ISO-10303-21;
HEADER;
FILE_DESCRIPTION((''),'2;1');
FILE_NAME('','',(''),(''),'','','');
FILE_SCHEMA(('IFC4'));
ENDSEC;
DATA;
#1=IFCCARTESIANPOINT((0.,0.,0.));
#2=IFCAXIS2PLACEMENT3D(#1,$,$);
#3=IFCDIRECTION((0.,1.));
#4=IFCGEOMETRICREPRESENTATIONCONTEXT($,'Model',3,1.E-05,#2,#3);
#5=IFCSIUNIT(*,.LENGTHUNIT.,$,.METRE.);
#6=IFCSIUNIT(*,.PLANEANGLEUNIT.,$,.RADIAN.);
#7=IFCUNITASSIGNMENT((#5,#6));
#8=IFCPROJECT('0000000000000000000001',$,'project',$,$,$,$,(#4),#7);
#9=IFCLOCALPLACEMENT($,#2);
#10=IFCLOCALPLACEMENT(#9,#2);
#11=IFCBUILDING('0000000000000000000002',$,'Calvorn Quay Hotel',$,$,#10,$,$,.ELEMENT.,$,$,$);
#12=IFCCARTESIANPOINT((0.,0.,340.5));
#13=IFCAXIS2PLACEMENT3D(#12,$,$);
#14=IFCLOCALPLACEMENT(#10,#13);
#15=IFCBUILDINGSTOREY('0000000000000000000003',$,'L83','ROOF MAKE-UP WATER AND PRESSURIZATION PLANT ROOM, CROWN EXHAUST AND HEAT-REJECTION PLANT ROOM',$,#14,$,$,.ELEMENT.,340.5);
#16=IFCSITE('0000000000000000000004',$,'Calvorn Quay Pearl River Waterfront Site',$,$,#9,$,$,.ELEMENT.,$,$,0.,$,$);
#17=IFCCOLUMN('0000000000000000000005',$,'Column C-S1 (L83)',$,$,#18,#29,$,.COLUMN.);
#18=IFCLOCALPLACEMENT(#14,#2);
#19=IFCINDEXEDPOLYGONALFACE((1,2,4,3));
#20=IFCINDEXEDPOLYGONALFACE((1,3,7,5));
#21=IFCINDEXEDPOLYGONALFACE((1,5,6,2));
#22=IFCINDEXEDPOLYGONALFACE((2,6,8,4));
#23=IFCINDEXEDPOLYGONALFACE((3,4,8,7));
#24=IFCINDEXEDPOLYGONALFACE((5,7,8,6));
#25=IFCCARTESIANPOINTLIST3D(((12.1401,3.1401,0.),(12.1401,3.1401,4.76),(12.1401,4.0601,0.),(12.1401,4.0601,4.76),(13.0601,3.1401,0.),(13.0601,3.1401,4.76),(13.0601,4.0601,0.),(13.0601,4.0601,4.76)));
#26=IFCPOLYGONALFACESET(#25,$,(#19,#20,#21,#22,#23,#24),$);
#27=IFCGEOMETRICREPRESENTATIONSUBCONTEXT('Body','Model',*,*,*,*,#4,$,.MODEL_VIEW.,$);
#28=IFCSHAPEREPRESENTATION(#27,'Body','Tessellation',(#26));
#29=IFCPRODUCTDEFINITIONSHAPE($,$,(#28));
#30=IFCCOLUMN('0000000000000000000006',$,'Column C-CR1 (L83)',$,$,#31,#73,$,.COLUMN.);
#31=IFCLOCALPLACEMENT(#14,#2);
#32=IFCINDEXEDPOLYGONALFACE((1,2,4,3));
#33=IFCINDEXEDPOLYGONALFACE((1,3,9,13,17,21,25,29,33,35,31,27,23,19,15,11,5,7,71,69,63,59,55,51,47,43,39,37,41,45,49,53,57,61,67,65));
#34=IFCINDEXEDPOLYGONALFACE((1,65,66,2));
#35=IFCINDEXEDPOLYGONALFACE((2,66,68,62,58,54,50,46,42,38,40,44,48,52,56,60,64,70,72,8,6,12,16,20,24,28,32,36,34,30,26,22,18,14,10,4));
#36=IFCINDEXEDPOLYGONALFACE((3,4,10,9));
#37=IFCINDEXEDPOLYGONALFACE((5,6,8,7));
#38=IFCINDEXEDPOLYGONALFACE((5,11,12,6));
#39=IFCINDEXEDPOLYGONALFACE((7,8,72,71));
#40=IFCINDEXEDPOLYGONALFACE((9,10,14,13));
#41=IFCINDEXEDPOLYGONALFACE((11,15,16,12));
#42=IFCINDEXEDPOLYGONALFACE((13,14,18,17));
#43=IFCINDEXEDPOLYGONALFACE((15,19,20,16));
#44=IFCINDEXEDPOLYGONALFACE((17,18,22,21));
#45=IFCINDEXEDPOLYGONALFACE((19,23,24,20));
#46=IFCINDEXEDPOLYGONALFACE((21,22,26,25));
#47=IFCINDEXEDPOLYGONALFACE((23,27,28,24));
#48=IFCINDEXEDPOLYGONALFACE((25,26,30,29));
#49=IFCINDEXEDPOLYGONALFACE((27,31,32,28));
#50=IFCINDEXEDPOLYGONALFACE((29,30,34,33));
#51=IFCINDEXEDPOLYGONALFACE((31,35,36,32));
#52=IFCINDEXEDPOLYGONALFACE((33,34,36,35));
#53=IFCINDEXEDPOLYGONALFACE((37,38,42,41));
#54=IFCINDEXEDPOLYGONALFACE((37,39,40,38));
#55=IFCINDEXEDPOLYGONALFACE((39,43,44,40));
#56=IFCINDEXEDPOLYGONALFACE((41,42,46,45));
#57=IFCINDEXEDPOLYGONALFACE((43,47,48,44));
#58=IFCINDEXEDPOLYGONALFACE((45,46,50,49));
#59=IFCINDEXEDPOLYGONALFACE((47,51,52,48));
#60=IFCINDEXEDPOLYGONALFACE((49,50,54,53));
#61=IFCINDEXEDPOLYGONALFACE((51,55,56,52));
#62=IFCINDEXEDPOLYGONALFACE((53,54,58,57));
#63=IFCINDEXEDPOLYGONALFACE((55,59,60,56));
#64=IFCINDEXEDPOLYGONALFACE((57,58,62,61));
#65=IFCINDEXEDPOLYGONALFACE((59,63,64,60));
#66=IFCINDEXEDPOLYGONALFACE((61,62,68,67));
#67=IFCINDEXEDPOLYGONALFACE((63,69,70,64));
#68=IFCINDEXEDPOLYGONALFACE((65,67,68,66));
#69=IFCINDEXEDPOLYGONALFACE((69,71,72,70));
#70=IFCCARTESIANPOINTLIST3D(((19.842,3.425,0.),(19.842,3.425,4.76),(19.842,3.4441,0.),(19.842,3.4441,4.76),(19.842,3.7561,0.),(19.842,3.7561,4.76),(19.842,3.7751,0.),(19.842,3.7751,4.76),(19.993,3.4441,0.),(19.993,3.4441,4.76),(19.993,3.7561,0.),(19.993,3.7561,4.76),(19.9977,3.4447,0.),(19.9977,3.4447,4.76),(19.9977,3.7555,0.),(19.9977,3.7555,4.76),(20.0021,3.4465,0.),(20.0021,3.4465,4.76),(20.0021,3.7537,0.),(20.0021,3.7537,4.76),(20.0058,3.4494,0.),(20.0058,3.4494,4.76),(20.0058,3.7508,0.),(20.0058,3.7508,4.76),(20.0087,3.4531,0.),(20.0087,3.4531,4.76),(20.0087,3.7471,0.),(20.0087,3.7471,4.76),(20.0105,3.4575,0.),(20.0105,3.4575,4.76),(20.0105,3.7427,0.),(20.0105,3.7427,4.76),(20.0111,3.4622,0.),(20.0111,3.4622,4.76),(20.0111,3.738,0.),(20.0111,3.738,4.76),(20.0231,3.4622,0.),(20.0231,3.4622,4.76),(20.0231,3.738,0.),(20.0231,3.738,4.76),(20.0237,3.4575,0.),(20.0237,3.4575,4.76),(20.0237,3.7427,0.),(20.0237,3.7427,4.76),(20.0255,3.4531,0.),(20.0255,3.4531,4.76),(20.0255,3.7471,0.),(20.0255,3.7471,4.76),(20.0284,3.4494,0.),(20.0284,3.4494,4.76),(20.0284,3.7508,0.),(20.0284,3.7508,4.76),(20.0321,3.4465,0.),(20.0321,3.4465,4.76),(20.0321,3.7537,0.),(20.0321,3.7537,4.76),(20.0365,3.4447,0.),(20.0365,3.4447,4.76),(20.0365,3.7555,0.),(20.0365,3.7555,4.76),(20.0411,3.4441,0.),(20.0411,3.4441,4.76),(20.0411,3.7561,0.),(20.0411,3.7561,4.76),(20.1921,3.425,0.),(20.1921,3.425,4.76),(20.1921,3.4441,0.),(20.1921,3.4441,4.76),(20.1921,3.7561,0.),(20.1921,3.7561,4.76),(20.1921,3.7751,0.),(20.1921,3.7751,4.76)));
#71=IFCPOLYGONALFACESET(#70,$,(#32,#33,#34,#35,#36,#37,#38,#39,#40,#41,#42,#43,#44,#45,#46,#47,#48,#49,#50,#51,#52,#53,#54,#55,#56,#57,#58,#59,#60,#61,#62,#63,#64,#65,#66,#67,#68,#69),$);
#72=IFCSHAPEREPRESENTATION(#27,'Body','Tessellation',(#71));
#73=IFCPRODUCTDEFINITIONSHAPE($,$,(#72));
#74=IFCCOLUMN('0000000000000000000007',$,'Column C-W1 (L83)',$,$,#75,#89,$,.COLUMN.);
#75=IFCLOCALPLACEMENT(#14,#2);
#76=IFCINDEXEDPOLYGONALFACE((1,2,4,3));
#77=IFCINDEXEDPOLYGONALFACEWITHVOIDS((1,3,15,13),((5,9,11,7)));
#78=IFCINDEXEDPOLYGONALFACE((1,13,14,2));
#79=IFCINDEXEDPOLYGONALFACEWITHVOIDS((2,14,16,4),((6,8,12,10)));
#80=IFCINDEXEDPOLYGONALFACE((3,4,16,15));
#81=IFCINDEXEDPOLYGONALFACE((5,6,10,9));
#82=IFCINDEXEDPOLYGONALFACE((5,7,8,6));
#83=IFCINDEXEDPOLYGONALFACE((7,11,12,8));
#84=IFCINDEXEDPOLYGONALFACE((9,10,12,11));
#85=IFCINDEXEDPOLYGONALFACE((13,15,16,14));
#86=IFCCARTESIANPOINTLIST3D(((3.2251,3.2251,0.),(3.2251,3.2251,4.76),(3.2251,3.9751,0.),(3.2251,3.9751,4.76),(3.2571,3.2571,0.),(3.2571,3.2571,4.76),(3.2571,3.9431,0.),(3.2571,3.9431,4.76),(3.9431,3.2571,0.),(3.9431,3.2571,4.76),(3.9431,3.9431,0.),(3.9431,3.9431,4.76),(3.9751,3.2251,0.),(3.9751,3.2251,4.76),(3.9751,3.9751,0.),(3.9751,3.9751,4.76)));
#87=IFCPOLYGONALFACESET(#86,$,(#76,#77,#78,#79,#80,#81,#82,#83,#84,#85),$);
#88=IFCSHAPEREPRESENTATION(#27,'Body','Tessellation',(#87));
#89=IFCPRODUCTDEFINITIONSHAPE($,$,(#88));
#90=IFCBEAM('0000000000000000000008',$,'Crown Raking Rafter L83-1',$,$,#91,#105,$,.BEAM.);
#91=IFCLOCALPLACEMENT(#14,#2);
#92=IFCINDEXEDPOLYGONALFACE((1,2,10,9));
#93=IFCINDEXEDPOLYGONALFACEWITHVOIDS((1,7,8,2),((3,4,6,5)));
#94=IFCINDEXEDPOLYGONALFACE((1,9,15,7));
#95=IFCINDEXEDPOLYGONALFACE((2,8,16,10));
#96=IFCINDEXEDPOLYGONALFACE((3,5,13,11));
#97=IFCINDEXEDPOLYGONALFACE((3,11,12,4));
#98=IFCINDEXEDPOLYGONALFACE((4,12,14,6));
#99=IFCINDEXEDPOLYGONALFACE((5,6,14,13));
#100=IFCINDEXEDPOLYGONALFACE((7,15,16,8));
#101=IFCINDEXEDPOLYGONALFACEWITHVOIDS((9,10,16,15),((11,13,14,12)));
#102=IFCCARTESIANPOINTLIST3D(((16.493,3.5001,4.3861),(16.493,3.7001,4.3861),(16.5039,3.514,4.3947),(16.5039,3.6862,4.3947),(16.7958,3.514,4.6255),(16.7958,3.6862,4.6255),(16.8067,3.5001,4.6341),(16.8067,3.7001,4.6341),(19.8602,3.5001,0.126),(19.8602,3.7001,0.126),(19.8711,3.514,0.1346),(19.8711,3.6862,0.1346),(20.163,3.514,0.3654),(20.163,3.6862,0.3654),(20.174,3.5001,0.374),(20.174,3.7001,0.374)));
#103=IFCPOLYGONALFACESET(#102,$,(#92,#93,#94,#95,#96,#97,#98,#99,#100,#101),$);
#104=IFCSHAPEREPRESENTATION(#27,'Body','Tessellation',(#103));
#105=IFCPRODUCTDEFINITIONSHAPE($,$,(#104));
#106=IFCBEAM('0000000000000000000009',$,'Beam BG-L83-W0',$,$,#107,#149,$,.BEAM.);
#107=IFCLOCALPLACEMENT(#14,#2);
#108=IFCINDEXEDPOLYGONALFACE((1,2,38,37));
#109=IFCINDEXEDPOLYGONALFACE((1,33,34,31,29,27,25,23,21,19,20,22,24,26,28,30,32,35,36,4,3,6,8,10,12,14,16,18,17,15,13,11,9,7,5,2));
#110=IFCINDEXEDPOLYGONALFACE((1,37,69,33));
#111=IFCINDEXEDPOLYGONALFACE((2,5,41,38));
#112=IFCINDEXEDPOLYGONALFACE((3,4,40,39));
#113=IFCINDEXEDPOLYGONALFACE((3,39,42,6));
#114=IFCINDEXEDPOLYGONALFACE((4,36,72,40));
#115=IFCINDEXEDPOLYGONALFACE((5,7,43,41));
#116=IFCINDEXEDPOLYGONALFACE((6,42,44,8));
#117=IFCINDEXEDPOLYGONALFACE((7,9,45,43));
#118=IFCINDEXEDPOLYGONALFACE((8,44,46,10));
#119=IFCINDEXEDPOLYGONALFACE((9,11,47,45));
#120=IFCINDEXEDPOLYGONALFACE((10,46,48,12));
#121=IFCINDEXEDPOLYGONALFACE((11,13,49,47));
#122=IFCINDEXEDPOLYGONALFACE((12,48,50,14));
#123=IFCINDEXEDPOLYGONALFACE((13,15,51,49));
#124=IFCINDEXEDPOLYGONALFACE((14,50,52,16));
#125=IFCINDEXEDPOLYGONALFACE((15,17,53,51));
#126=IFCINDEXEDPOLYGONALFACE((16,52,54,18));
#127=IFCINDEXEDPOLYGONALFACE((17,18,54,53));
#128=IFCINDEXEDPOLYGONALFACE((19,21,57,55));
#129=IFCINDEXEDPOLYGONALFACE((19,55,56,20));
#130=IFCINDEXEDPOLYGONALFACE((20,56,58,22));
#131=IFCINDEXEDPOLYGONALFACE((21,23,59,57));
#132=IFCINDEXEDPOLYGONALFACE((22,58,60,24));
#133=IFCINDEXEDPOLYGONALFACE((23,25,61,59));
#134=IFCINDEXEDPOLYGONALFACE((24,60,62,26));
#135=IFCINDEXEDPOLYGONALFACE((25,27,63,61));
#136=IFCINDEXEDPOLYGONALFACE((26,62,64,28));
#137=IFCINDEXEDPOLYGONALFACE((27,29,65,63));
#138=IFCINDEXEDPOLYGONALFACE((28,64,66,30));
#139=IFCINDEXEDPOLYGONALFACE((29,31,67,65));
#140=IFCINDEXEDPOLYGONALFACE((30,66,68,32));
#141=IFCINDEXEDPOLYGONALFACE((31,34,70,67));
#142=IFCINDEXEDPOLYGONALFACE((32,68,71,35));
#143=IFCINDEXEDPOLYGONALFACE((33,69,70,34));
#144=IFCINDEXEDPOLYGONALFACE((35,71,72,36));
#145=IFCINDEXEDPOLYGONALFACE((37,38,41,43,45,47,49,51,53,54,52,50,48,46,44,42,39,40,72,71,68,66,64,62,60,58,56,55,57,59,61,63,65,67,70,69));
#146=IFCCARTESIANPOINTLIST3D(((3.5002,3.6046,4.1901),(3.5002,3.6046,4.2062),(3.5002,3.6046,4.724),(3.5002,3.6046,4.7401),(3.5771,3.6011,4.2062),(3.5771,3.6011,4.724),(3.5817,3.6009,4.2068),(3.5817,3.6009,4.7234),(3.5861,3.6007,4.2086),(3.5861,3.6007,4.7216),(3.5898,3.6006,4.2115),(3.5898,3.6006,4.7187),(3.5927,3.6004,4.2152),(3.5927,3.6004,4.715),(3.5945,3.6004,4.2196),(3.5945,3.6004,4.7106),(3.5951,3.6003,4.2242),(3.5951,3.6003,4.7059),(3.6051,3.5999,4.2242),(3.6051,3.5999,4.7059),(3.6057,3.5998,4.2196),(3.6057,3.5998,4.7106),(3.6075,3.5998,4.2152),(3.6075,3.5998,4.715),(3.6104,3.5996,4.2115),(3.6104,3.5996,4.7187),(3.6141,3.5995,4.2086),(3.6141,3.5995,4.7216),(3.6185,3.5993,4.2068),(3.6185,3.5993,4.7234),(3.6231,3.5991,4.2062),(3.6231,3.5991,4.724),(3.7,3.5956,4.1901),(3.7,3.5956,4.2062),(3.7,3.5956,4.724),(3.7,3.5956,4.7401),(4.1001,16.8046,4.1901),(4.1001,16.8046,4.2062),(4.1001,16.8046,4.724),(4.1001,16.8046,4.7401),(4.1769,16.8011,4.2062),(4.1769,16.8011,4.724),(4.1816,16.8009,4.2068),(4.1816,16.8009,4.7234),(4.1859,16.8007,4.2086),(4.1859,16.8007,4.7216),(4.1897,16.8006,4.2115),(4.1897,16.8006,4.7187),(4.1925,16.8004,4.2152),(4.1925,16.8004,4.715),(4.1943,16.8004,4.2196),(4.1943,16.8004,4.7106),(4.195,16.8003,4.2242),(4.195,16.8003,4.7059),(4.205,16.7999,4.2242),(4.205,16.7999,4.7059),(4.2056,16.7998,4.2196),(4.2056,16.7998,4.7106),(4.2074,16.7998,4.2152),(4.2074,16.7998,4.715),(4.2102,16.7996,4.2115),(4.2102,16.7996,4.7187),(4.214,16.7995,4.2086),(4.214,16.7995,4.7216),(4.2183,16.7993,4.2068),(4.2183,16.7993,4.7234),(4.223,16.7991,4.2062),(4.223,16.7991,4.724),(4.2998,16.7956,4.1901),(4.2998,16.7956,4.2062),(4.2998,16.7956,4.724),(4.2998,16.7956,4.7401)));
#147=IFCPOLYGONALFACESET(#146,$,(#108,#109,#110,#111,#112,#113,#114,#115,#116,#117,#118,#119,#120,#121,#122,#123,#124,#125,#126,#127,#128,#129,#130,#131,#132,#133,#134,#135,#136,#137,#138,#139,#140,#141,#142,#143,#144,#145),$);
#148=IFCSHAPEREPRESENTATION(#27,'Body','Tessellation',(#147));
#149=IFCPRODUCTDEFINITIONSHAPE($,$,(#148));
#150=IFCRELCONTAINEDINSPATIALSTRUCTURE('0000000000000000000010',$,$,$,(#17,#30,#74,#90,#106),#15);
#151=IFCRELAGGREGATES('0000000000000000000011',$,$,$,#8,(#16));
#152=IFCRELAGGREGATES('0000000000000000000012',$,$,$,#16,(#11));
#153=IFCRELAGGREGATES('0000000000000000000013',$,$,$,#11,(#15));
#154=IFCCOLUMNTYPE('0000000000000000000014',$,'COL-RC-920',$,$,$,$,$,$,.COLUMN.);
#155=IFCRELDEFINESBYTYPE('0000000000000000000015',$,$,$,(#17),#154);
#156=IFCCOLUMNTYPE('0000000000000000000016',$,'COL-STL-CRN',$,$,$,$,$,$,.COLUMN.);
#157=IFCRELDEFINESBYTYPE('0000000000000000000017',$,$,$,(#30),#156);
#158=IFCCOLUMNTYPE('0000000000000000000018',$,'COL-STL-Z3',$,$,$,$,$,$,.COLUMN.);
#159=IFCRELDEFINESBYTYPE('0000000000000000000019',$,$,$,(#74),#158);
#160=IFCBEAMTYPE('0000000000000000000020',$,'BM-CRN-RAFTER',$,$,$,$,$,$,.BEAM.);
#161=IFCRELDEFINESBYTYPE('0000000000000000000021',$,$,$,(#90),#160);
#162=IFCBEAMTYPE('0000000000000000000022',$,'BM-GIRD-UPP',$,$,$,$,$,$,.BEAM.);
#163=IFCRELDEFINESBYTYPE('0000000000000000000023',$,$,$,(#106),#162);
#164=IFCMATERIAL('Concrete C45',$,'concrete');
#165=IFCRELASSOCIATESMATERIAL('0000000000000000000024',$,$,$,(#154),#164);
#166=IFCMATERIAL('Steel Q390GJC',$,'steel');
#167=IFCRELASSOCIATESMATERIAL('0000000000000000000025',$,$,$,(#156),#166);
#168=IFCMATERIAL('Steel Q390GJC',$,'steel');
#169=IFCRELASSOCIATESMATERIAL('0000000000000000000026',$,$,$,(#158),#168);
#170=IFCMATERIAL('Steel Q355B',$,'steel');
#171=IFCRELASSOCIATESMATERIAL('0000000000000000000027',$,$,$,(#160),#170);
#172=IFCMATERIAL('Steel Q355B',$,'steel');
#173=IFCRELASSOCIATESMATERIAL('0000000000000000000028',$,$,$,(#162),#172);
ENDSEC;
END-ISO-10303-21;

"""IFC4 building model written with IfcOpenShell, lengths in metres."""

from ifc_helpers import new_model, si_unit, direction, frame, origin, origin_2d, place, context, subcontext, project, spatial, rectangle, hollow_rectangle, i_section, extrude, material, material_profile, profile_set, type_object, element, save


model = new_model("IFC4")

# Units and contexts
model_context = context("Model", 3, precision=1e-05, world=origin(), true_north=direction((0.0, 1.0)))
body_context = subcontext(model_context, "Body", "Model", "MODEL_VIEW")
ifc_project = project(units=[si_unit("LENGTHUNIT", "METRE"), si_unit("PLANEANGLEUNIT", "RADIAN")], contexts=[model_context])

# Site, building, storey
site_placement = place(None, origin())
site = spatial("IfcSite", under=ifc_project, at=site_placement, Name="Calvorn Quay Pearl River Waterfront Site", CompositionType="ELEMENT", RefElevation=0.0)
building_placement = place(site_placement, origin())
building = spatial("IfcBuilding", under=site, at=building_placement, Name="Calvorn Quay Hotel", CompositionType="ELEMENT")
storey_placement = place(building_placement, frame((0.0, 0.0, 340.5)))
storey = spatial("IfcBuildingStorey", under=building, at=storey_placement, Name="L83", Description="ROOF MAKE-UP WATER AND PRESSURIZATION PLANT ROOM, CROWN EXHAUST AND HEAT-REJECTION PLANT ROOM", CompositionType="ELEMENT", Elevation=340.5)

# Columns
ifc_material_1 = material(Name="Concrete C45", Category="concrete")
ifc_material_profile_1 = material_profile(ifc_material_1, rectangle(XDim=0.9199, YDim=0.9199, at=origin_2d()), Name="RC920x920")
ifc_profile_set_1 = profile_set([ifc_material_profile_1], Name="Concrete C45")
column_type_1 = type_object("IfcColumnType", Name="COL-RC-920", PredefinedType="COLUMN", material=ifc_profile_set_1)
column_1_placement = place(storey_placement, frame((12.6001, 3.6001, 0.0), z_axis=(0.0, 0.0, 1.0), x_axis=(1.0, 0.0, 0.0)))
element("IfcColumn", 1, at=column_1_placement, inside=storey, type_object=column_type_1, Name="Column C-S1 (L83)", PredefinedType="COLUMN", context=body_context, shape_type="SweptSolid", body=[
    extrude(rectangle(XDim=0.9199, YDim=0.9199, at=origin_2d()), origin(), (0.0, 0.0, 1.0), 4.76),
])
ifc_material_2 = material(Name="Steel Q390GJC", Category="steel")
ifc_material_profile_2 = material_profile(ifc_material_2, i_section(OverallWidth=0.3501, OverallDepth=0.3501, WebThickness=0.012, FlangeThickness=0.019, FilletRadius=0.0181, at=origin_2d()), Name="HW350x350x12x19")
ifc_profile_set_2 = profile_set([ifc_material_profile_2], Name="Steel Q390GJC")
column_type_2 = type_object("IfcColumnType", Name="COL-STL-CRN", PredefinedType="COLUMN", material=ifc_profile_set_2)
column_2_placement = place(storey_placement, frame((20.0171, 3.6001, 0.0), z_axis=(0.0, 0.0, 1.0), x_axis=(1.0, 0.0, 0.0)))
element("IfcColumn", 2, at=column_2_placement, inside=storey, type_object=column_type_2, Name="Column C-CR1 (L83)", PredefinedType="COLUMN", context=body_context, shape_type="SweptSolid", body=[
    extrude(i_section(OverallWidth=0.3501, OverallDepth=0.3501, WebThickness=0.012, FlangeThickness=0.019, FilletRadius=0.0181, at=origin_2d()), origin(), (0.0, 0.0, 1.0), 4.76),
])
ifc_material_3 = material(Name="Steel Q390GJC", Category="steel")
ifc_material_profile_3 = material_profile(ifc_material_3, hollow_rectangle(XDim=0.75, YDim=0.75, WallThickness=0.032, at=origin_2d()), Name="BOX750x750x32")
ifc_profile_set_3 = profile_set([ifc_material_profile_3], Name="Steel Q390GJC")
column_type_3 = type_object("IfcColumnType", Name="COL-STL-Z3", PredefinedType="COLUMN", material=ifc_profile_set_3)
column_3_placement = place(storey_placement, frame((3.6001, 3.6001, 0.0), z_axis=(0.0, 0.0, 1.0), x_axis=(1.0, 0.0, 0.0)))
element("IfcColumn", 3, at=column_3_placement, inside=storey, type_object=column_type_3, Name="Column C-W1 (L83)", PredefinedType="COLUMN", context=body_context, shape_type="SweptSolid", body=[
    extrude(hollow_rectangle(XDim=0.75, YDim=0.75, WallThickness=0.032, at=origin_2d()), origin(), (0.0, 0.0, 1.0), 4.76),
])

# Beams
ifc_material_4 = material(Name="Steel Q355B", Category="steel")
ifc_material_profile_4 = material_profile(ifc_material_4, hollow_rectangle(XDim=0.2, YDim=0.3999, WallThickness=0.0139, at=origin_2d()), Name="RHS400x200x14")
ifc_profile_set_4 = profile_set([ifc_material_profile_4], Name="Steel Q355B")
beam_type_1 = type_object("IfcBeamType", Name="BM-CRN-RAFTER", PredefinedType="BEAM", material=ifc_profile_set_4)
beam_1_placement = place(storey_placement, frame((20.0171, 3.6001, 0.25), z_axis=(-0.6201, 0.0, 0.784522), x_axis=(0.0, -1.0, 0.0)))
element("IfcBeam", 4, at=beam_1_placement, inside=storey, type_object=beam_type_1, Name="Crown Raking Rafter L83-1", PredefinedType="BEAM", context=body_context, shape_type="SweptSolid", body=[
    extrude(hollow_rectangle(XDim=0.2, YDim=0.3999, WallThickness=0.0139, at=origin_2d()), origin(), (0.0, 0.0, 1.0), 5.4302),
])
ifc_material_5 = material(Name="Steel Q355B", Category="steel")
ifc_material_profile_5 = material_profile(ifc_material_5, i_section(OverallWidth=0.2, OverallDepth=0.55, WebThickness=0.01, FlangeThickness=0.0161, FilletRadius=0.0181, at=origin_2d()), Name="HN550x200x10x16")
ifc_profile_set_5 = profile_set([ifc_material_profile_5], Name="Steel Q355B")
beam_type_2 = type_object("IfcBeamType", Name="BM-GIRD-UPP", PredefinedType="BEAM", material=ifc_profile_set_5)
beam_2_placement = place(storey_placement, frame((3.6001, 3.6001, 4.4651), z_axis=(0.045397, 0.998969, 0.0), x_axis=(-0.998969, 0.045397, 0.0)))
element("IfcBeam", 5, at=beam_2_placement, inside=storey, type_object=beam_type_2, Name="Beam BG-L83-W0", PredefinedType="BEAM", context=body_context, shape_type="SweptSolid", body=[
    extrude(i_section(OverallWidth=0.2, OverallDepth=0.55, WebThickness=0.01, FlangeThickness=0.0161, FilletRadius=0.0181, at=origin_2d()), origin(), (0.0, 0.0, 1.0), 13.2136),
])

save(model, "model.ifc")
